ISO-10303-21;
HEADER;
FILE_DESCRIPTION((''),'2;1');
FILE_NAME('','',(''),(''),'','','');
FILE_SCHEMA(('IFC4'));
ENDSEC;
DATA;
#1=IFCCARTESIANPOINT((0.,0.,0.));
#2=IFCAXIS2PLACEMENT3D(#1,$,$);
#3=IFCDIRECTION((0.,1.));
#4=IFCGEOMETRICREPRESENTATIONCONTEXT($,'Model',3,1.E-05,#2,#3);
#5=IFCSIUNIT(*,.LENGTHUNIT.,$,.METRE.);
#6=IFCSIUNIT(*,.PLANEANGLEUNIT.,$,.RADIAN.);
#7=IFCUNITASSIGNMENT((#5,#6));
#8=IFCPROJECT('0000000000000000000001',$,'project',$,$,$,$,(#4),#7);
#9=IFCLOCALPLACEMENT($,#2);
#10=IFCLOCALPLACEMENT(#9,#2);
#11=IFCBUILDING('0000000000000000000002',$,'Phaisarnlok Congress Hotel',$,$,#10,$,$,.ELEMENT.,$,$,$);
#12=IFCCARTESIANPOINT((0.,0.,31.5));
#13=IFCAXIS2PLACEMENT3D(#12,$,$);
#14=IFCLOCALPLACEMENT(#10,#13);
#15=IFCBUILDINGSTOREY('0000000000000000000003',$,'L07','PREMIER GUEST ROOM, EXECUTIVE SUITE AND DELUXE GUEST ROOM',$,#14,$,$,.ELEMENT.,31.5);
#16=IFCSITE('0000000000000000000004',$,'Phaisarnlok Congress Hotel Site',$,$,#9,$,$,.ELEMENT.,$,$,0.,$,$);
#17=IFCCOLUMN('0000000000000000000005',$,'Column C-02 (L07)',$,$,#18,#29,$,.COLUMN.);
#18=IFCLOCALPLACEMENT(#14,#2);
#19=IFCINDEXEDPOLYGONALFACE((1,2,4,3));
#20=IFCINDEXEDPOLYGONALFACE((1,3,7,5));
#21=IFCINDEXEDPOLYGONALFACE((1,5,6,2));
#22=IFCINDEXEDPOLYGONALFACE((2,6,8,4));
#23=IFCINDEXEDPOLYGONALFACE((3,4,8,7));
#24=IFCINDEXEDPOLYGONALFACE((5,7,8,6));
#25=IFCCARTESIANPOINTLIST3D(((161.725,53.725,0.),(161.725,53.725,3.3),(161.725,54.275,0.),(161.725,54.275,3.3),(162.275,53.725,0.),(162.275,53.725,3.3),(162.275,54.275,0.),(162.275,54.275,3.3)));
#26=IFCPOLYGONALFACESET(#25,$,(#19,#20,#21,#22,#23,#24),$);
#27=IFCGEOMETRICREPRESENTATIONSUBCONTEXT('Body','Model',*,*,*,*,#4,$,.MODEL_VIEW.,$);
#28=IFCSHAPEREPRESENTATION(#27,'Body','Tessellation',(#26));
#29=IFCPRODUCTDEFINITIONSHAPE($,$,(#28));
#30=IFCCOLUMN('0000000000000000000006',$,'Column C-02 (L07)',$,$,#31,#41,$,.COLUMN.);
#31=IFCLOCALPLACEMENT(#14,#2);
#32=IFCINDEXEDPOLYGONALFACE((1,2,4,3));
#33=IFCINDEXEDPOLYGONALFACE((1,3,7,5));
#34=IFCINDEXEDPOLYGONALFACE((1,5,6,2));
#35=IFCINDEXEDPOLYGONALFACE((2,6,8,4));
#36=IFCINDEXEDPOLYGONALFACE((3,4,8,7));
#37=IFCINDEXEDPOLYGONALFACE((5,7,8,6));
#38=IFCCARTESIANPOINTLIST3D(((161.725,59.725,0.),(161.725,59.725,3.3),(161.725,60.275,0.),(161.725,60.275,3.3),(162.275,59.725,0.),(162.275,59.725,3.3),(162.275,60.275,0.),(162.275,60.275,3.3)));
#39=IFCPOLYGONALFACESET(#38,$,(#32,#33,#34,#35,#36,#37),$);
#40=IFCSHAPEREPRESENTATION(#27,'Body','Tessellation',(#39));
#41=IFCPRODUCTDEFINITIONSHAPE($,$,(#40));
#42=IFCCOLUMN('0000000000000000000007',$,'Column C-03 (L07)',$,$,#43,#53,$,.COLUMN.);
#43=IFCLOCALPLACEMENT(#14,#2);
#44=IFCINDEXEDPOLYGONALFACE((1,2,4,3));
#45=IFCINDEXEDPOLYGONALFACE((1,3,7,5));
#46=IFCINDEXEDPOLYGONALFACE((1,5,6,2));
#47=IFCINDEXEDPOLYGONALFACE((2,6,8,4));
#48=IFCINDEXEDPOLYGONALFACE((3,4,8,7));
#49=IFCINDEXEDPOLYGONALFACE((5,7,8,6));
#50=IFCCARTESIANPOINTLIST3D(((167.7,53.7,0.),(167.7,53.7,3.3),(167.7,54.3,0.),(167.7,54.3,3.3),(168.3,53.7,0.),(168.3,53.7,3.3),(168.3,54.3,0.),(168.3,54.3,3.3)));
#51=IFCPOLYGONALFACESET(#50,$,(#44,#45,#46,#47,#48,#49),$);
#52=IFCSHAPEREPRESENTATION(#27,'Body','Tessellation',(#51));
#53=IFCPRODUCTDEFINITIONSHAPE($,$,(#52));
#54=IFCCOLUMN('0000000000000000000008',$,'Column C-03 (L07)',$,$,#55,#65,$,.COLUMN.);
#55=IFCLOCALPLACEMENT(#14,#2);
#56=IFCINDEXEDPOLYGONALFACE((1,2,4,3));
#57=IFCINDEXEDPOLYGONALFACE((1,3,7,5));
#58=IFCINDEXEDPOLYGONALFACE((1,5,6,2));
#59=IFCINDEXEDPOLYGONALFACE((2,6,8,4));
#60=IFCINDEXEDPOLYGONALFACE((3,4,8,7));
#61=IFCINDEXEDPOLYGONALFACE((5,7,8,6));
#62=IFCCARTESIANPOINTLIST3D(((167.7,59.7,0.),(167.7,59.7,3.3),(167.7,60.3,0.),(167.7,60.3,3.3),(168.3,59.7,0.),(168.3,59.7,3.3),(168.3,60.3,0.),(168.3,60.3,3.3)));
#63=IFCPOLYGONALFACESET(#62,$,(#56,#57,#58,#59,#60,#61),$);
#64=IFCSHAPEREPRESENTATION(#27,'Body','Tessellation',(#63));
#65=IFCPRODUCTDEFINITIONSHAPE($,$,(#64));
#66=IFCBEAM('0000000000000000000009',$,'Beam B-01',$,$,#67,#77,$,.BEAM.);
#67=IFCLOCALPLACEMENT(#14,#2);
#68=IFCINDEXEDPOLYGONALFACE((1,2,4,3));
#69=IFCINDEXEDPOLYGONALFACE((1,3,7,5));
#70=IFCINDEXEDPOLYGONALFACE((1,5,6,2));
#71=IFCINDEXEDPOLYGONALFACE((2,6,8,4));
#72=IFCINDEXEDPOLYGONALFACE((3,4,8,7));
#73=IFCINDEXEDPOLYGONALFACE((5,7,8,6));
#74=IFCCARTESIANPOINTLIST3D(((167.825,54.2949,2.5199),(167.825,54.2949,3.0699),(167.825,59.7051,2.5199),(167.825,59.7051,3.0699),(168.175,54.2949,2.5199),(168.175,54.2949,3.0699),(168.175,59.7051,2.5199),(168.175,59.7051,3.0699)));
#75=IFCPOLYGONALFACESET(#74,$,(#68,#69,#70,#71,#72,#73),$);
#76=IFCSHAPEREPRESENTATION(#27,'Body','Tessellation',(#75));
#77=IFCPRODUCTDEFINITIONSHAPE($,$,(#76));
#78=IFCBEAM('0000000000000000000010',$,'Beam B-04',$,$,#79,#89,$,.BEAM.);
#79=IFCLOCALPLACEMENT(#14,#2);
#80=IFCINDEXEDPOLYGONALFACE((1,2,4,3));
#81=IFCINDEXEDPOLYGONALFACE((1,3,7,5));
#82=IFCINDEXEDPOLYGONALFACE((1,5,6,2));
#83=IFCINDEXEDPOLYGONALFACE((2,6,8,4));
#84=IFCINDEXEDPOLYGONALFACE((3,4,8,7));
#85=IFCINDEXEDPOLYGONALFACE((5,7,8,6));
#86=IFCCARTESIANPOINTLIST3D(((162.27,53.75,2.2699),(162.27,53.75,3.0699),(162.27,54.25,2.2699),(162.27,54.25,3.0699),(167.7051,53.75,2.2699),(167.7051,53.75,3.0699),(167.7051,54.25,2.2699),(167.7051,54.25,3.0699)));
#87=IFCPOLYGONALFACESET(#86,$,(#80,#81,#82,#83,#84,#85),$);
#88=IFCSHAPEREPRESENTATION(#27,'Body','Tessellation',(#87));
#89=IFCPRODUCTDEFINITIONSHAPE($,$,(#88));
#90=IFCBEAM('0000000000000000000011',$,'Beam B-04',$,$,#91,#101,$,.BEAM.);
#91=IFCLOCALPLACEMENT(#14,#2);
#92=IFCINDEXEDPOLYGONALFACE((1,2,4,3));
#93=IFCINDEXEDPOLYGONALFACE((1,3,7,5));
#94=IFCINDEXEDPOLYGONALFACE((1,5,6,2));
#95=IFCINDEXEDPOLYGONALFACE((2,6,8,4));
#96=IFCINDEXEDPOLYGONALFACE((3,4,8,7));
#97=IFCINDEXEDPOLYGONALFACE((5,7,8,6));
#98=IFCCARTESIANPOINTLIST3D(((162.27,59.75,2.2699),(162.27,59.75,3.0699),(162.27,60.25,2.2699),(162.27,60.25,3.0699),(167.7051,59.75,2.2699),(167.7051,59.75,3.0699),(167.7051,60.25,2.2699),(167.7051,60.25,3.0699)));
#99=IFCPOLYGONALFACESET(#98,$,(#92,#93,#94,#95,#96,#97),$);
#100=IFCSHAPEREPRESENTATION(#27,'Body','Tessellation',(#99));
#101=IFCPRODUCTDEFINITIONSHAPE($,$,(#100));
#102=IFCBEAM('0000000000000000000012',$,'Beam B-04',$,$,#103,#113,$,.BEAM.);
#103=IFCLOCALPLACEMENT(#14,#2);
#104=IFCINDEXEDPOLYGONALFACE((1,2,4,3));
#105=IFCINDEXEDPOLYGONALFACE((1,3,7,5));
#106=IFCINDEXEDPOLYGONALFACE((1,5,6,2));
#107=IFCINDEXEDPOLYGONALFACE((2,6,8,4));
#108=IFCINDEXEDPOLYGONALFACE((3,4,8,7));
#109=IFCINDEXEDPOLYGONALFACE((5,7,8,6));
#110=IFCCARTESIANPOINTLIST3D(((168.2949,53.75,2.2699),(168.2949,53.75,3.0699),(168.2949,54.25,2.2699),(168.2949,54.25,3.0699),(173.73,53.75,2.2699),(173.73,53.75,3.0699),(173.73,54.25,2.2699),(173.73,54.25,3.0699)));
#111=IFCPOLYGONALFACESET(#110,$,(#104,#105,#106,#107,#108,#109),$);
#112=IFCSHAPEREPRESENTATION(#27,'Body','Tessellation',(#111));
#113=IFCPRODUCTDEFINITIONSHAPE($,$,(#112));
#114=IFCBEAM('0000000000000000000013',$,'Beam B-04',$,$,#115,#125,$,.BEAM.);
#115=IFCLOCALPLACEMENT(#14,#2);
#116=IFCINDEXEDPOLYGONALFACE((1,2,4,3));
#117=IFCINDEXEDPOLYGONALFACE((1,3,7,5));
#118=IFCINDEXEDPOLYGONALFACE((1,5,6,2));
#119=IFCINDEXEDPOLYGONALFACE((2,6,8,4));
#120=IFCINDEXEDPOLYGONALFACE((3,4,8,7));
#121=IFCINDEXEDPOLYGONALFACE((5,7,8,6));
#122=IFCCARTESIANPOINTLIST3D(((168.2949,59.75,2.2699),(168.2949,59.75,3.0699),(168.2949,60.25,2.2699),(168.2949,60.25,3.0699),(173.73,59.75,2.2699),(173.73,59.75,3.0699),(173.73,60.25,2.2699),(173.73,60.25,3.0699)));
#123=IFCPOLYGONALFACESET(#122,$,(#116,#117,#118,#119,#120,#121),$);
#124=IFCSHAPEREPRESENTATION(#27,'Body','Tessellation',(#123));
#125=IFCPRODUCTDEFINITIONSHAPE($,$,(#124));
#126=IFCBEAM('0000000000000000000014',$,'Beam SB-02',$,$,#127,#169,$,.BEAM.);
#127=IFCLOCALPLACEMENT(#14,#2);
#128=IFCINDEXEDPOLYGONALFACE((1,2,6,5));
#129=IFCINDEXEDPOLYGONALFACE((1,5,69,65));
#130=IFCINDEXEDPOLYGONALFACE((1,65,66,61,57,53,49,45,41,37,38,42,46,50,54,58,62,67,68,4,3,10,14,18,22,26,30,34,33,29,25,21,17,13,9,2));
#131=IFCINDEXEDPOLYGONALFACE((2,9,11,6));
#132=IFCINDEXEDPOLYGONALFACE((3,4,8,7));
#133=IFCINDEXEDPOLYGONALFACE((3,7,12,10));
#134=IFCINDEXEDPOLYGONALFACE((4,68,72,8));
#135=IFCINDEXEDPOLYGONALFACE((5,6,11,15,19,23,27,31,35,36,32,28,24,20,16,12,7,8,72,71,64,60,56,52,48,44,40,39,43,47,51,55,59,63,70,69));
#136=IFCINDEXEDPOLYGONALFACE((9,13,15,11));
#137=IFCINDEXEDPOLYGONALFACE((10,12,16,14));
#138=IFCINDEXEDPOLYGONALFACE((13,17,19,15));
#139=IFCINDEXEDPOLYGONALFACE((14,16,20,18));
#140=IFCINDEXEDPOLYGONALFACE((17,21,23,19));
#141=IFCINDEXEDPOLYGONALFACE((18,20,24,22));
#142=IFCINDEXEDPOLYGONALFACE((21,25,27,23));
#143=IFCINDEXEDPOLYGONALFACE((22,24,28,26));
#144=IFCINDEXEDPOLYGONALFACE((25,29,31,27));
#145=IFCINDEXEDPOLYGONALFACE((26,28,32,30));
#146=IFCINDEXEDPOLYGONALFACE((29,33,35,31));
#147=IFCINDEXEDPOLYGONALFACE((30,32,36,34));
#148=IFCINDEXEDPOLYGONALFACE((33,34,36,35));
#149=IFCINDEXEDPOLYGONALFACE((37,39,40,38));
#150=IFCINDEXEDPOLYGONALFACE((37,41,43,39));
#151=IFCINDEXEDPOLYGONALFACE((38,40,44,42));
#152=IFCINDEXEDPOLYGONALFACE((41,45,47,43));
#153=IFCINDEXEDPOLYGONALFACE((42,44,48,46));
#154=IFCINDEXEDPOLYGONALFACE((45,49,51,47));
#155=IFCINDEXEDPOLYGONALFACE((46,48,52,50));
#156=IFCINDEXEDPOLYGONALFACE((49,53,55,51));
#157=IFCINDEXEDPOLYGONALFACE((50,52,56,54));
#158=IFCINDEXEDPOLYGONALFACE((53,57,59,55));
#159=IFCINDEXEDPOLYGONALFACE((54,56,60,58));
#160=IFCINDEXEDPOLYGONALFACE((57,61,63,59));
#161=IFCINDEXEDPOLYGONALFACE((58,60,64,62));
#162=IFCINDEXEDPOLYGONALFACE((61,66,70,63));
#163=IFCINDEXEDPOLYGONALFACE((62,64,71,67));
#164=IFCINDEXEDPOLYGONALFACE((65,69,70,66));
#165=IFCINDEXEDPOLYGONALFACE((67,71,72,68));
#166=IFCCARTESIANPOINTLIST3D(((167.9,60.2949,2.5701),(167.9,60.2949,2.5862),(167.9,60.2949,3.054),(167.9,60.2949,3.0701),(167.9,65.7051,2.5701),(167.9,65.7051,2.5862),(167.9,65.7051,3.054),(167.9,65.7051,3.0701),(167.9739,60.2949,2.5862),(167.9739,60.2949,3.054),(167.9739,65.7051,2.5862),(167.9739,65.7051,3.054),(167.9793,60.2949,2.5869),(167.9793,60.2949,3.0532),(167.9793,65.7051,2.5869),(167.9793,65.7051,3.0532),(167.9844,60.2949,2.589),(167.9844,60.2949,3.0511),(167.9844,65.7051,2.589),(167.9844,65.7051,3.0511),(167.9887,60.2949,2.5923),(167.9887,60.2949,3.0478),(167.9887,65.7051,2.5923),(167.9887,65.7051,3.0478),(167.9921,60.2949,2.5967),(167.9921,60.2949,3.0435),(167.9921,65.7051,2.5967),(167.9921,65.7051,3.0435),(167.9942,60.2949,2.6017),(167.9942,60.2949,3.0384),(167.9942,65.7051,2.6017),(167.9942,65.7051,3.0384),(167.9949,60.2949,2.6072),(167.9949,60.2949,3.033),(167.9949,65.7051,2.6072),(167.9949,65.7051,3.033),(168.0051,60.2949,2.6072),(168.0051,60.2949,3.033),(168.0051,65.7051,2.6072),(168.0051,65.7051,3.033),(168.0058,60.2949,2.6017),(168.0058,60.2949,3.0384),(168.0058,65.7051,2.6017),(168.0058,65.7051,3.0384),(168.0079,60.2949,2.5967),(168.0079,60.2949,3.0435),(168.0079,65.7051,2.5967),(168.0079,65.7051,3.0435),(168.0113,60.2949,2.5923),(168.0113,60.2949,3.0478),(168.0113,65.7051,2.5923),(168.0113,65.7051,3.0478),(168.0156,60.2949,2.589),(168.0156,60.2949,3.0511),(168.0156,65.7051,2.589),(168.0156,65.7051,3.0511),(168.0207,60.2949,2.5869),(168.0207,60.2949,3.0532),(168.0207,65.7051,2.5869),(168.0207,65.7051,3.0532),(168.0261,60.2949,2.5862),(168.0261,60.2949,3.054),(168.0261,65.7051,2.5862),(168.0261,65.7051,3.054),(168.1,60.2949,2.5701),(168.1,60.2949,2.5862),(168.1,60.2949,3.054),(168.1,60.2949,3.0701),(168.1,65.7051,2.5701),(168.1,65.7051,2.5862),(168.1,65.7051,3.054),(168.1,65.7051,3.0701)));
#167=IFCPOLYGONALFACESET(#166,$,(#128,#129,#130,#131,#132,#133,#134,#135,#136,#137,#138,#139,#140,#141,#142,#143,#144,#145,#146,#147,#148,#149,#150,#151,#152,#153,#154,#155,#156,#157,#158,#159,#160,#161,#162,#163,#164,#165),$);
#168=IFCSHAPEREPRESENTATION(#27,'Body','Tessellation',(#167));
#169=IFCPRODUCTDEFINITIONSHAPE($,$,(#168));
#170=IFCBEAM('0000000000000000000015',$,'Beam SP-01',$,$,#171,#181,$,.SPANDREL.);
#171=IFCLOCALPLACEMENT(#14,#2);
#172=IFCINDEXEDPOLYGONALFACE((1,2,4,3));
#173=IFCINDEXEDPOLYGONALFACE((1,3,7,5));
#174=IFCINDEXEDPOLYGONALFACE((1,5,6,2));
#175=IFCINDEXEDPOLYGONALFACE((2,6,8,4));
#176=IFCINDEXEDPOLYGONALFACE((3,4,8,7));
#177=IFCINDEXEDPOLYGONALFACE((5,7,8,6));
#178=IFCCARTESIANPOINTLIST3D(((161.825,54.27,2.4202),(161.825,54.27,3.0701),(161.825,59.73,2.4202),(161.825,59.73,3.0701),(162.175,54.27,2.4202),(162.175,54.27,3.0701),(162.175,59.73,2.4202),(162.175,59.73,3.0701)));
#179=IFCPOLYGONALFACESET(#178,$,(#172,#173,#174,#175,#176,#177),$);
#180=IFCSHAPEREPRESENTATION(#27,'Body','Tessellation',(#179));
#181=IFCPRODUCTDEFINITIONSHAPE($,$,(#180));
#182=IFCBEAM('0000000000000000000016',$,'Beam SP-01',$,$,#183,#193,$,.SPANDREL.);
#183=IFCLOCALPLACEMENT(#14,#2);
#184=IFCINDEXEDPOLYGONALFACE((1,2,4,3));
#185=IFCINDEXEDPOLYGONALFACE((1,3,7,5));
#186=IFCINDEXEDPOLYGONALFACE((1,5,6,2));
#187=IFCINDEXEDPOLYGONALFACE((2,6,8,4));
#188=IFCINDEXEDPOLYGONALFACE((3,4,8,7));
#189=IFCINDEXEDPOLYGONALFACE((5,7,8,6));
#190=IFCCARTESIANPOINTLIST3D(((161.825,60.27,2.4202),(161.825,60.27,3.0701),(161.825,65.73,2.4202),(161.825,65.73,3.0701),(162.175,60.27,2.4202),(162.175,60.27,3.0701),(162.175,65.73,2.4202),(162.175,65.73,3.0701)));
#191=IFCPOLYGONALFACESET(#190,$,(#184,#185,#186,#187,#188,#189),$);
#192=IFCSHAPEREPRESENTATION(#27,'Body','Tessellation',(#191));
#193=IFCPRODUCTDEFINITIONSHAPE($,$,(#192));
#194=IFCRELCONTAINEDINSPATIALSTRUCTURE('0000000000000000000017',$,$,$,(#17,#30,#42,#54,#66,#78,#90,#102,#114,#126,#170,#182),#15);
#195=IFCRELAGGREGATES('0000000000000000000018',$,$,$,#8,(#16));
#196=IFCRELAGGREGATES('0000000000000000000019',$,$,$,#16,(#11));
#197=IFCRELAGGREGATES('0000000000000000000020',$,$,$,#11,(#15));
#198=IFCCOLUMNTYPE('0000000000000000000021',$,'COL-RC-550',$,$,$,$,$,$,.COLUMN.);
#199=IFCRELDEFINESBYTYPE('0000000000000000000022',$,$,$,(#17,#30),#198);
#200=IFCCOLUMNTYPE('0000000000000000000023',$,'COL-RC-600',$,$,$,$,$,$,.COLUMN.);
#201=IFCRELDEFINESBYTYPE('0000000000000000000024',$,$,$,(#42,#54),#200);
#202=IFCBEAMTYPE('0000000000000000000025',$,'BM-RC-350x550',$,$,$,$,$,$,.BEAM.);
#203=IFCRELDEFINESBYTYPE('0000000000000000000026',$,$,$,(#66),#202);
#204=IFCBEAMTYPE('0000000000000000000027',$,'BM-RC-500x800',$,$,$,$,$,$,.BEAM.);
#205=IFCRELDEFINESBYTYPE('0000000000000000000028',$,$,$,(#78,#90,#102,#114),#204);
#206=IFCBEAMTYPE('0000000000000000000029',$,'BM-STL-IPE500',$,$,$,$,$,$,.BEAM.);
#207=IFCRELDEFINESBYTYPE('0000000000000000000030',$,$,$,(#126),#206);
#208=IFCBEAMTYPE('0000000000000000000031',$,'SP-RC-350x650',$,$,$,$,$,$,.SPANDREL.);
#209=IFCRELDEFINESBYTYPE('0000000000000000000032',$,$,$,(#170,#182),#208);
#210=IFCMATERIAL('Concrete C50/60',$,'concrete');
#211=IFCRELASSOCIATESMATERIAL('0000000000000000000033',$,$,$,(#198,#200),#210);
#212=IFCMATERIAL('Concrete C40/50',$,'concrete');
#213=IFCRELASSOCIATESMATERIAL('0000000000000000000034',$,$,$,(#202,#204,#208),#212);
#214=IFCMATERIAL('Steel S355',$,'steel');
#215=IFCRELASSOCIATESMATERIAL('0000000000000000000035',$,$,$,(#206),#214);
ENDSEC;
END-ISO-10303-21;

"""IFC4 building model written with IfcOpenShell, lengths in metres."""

from ifc_helpers import new_model, si_unit, direction, frame, origin, origin_2d, place, context, subcontext, project, spatial, rectangle, i_section, extrude, material, material_profile, profile_set, type_object, element, save


model = new_model("IFC4")

# Units and contexts
model_context = context("Model", 3, precision=1e-05, world=origin(), true_north=direction((0.0, 1.0)))
body_context = subcontext(model_context, "Body", "Model", "MODEL_VIEW")
ifc_project = project(units=[si_unit("LENGTHUNIT", "METRE"), si_unit("PLANEANGLEUNIT", "RADIAN")], contexts=[model_context])

# Site, building, storey
site_placement = place(None, origin())
site = spatial("IfcSite", under=ifc_project, at=site_placement, Name="Phaisarnlok Congress Hotel Site", CompositionType="ELEMENT", RefElevation=0.0)
building_placement = place(site_placement, origin())
building = spatial("IfcBuilding", under=site, at=building_placement, Name="Phaisarnlok Congress Hotel", CompositionType="ELEMENT")
storey_placement = place(building_placement, frame((0.0, 0.0, 31.5)))
storey = spatial("IfcBuildingStorey", under=building, at=storey_placement, Name="L07", Description="PREMIER GUEST ROOM, EXECUTIVE SUITE AND DELUXE GUEST ROOM", CompositionType="ELEMENT", Elevation=31.5)

# Columns
ifc_material_1 = material(Name="Concrete C50/60", Category="concrete")
ifc_material_profile_1 = material_profile(ifc_material_1, rectangle(XDim=0.55, YDim=0.55, at=origin_2d()), Name="RC 550x550")
ifc_profile_set_1 = profile_set([ifc_material_profile_1], Name="Concrete C50/60")
column_type_1 = type_object("IfcColumnType", Name="COL-RC-550", PredefinedType="COLUMN", material=ifc_profile_set_1)
for number, where, z_axis, x_axis, name in (
    (1, (162.0, 54.0, 0.0), (0.0, 0.0, 1.0), (1.0, 0.0, 0.0), "Column C-02 (L07)"),
    (2, (162.0, 60.0, 0.0), (0.0, 0.0, 1.0), (1.0, 0.0, 0.0), "Column C-02 (L07)"),
):
    element("IfcColumn", number, at=place(storey_placement, frame(where, z_axis=z_axis, x_axis=x_axis)), inside=storey, type_object=column_type_1, Name=name, PredefinedType="COLUMN", context=body_context, shape_type="SweptSolid", body=[
        extrude(rectangle(XDim=0.55, YDim=0.55, at=origin_2d()), origin(), (0.0, 0.0, 1.0), 3.3),
    ])
ifc_material_profile_2 = material_profile(ifc_material_1, rectangle(XDim=0.6001, YDim=0.6001, at=origin_2d()), Name="RC 600x600")
ifc_profile_set_2 = profile_set([ifc_material_profile_2], Name="Concrete C50/60")
column_type_2 = type_object("IfcColumnType", Name="COL-RC-600", PredefinedType="COLUMN", material=ifc_profile_set_2)
for number, where, z_axis, x_axis, name in (
    (3, (168.0, 54.0, 0.0), (0.0, 0.0, 1.0), (1.0, 0.0, 0.0), "Column C-03 (L07)"),
    (4, (168.0, 60.0, 0.0), (0.0, 0.0, 1.0), (1.0, 0.0, 0.0), "Column C-03 (L07)"),
):
    element("IfcColumn", number, at=place(storey_placement, frame(where, z_axis=z_axis, x_axis=x_axis)), inside=storey, type_object=column_type_2, Name=name, PredefinedType="COLUMN", context=body_context, shape_type="SweptSolid", body=[
        extrude(rectangle(XDim=0.6001, YDim=0.6001, at=origin_2d()), origin(), (0.0, 0.0, 1.0), 3.3),
    ])

# Beams
ifc_material_2 = material(Name="Concrete C40/50", Category="concrete")
ifc_material_profile_3 = material_profile(ifc_material_2, rectangle(XDim=0.3501, YDim=0.55, at=origin_2d()), Name="RC 350x550")
ifc_profile_set_3 = profile_set([ifc_material_profile_3], Name="Concrete C40/50")
beam_type_1 = type_object("IfcBeamType", Name="BM-RC-350x550", PredefinedType="BEAM", material=ifc_profile_set_3)
beam_1_placement = place(storey_placement, frame((168.0, 54.2949, 2.7949), z_axis=(0.0, 1.0, 0.0), x_axis=(-1.0, 0.0, 0.0)))
element("IfcBeam", 5, at=beam_1_placement, inside=storey, type_object=beam_type_1, Name="Beam B-01", PredefinedType="BEAM", context=body_context, shape_type="SweptSolid", body=[
    extrude(rectangle(XDim=0.3501, YDim=0.55, at=origin_2d()), origin(), (0.0, 0.0, 1.0), 5.4102),
])
ifc_material_profile_4 = material_profile(ifc_material_2, rectangle(XDim=0.5, YDim=0.8, at=origin_2d()), Name="RC 500x800")
ifc_profile_set_4 = profile_set([ifc_material_profile_4], Name="Concrete C40/50")
beam_type_2 = type_object("IfcBeamType", Name="BM-RC-500x800", PredefinedType="BEAM", material=ifc_profile_set_4)
for number, where, z_axis, x_axis, name in (
    (6, (162.27, 54.0, 2.6699), (1.0, 0.0, 0.0), (0.0, 1.0, 0.0), "Beam B-04"),
    (7, (162.27, 60.0, 2.6699), (1.0, 0.0, 0.0), (0.0, 1.0, 0.0), "Beam B-04"),
    (8, (168.2949, 54.0, 2.6699), (1.0, 0.0, 0.0), (0.0, 1.0, 0.0), "Beam B-04"),
    (9, (168.2949, 60.0, 2.6699), (1.0, 0.0, 0.0), (0.0, 1.0, 0.0), "Beam B-04"),
):
    element("IfcBeam", number, at=place(storey_placement, frame(where, z_axis=z_axis, x_axis=x_axis)), inside=storey, type_object=beam_type_2, Name=name, PredefinedType="BEAM", context=body_context, shape_type="SweptSolid", body=[
        extrude(rectangle(XDim=0.5, YDim=0.8, at=origin_2d()), origin(), (0.0, 0.0, 1.0), 5.4351),
    ])
ifc_material_3 = material(Name="Steel S355", Category="steel")
ifc_material_profile_5 = material_profile(ifc_material_3, i_section(OverallWidth=0.2, OverallDepth=0.5, WebThickness=0.0103, FlangeThickness=0.0161, FilletRadius=0.021, at=origin_2d()), Name="IPE 500")
ifc_profile_set_5 = profile_set([ifc_material_profile_5], Name="Steel S355")
beam_type_3 = type_object("IfcBeamType", Name="BM-STL-IPE500", PredefinedType="BEAM", material=ifc_profile_set_5)
beam_2_placement = place(storey_placement, frame((168.0, 60.2949, 2.8201), z_axis=(0.0, 1.0, 0.0), x_axis=(-1.0, 0.0, 0.0)))
element("IfcBeam", 10, at=beam_2_placement, inside=storey, type_object=beam_type_3, Name="Beam SB-02", PredefinedType="BEAM", context=body_context, shape_type="SweptSolid", body=[
    extrude(i_section(OverallWidth=0.2, OverallDepth=0.5, WebThickness=0.0103, FlangeThickness=0.0161, FilletRadius=0.021, at=origin_2d()), origin(), (0.0, 0.0, 1.0), 5.4102),
])
ifc_material_profile_6 = material_profile(ifc_material_2, rectangle(XDim=0.3501, YDim=0.6499, at=origin_2d()), Name="RC 350x650")
ifc_profile_set_6 = profile_set([ifc_material_profile_6], Name="Concrete C40/50")
beam_type_4 = type_object("IfcBeamType", Name="SP-RC-350x650", PredefinedType="SPANDREL", material=ifc_profile_set_6)
for number, where, z_axis, x_axis, name in (
    (11, (162.0, 54.27, 2.7451), (0.0, 1.0, 0.0), (-1.0, 0.0, 0.0), "Beam SP-01"),
    (12, (162.0, 60.27, 2.7451), (0.0, 1.0, 0.0), (-1.0, 0.0, 0.0), "Beam SP-01"),
):
    element("IfcBeam", number, at=place(storey_placement, frame(where, z_axis=z_axis, x_axis=x_axis)), inside=storey, type_object=beam_type_4, Name=name, PredefinedType="SPANDREL", context=body_context, shape_type="SweptSolid", body=[
        extrude(rectangle(XDim=0.3501, YDim=0.6499, at=origin_2d()), origin(), (0.0, 0.0, 1.0), 5.46),
    ])

save(model, "model.ifc")
